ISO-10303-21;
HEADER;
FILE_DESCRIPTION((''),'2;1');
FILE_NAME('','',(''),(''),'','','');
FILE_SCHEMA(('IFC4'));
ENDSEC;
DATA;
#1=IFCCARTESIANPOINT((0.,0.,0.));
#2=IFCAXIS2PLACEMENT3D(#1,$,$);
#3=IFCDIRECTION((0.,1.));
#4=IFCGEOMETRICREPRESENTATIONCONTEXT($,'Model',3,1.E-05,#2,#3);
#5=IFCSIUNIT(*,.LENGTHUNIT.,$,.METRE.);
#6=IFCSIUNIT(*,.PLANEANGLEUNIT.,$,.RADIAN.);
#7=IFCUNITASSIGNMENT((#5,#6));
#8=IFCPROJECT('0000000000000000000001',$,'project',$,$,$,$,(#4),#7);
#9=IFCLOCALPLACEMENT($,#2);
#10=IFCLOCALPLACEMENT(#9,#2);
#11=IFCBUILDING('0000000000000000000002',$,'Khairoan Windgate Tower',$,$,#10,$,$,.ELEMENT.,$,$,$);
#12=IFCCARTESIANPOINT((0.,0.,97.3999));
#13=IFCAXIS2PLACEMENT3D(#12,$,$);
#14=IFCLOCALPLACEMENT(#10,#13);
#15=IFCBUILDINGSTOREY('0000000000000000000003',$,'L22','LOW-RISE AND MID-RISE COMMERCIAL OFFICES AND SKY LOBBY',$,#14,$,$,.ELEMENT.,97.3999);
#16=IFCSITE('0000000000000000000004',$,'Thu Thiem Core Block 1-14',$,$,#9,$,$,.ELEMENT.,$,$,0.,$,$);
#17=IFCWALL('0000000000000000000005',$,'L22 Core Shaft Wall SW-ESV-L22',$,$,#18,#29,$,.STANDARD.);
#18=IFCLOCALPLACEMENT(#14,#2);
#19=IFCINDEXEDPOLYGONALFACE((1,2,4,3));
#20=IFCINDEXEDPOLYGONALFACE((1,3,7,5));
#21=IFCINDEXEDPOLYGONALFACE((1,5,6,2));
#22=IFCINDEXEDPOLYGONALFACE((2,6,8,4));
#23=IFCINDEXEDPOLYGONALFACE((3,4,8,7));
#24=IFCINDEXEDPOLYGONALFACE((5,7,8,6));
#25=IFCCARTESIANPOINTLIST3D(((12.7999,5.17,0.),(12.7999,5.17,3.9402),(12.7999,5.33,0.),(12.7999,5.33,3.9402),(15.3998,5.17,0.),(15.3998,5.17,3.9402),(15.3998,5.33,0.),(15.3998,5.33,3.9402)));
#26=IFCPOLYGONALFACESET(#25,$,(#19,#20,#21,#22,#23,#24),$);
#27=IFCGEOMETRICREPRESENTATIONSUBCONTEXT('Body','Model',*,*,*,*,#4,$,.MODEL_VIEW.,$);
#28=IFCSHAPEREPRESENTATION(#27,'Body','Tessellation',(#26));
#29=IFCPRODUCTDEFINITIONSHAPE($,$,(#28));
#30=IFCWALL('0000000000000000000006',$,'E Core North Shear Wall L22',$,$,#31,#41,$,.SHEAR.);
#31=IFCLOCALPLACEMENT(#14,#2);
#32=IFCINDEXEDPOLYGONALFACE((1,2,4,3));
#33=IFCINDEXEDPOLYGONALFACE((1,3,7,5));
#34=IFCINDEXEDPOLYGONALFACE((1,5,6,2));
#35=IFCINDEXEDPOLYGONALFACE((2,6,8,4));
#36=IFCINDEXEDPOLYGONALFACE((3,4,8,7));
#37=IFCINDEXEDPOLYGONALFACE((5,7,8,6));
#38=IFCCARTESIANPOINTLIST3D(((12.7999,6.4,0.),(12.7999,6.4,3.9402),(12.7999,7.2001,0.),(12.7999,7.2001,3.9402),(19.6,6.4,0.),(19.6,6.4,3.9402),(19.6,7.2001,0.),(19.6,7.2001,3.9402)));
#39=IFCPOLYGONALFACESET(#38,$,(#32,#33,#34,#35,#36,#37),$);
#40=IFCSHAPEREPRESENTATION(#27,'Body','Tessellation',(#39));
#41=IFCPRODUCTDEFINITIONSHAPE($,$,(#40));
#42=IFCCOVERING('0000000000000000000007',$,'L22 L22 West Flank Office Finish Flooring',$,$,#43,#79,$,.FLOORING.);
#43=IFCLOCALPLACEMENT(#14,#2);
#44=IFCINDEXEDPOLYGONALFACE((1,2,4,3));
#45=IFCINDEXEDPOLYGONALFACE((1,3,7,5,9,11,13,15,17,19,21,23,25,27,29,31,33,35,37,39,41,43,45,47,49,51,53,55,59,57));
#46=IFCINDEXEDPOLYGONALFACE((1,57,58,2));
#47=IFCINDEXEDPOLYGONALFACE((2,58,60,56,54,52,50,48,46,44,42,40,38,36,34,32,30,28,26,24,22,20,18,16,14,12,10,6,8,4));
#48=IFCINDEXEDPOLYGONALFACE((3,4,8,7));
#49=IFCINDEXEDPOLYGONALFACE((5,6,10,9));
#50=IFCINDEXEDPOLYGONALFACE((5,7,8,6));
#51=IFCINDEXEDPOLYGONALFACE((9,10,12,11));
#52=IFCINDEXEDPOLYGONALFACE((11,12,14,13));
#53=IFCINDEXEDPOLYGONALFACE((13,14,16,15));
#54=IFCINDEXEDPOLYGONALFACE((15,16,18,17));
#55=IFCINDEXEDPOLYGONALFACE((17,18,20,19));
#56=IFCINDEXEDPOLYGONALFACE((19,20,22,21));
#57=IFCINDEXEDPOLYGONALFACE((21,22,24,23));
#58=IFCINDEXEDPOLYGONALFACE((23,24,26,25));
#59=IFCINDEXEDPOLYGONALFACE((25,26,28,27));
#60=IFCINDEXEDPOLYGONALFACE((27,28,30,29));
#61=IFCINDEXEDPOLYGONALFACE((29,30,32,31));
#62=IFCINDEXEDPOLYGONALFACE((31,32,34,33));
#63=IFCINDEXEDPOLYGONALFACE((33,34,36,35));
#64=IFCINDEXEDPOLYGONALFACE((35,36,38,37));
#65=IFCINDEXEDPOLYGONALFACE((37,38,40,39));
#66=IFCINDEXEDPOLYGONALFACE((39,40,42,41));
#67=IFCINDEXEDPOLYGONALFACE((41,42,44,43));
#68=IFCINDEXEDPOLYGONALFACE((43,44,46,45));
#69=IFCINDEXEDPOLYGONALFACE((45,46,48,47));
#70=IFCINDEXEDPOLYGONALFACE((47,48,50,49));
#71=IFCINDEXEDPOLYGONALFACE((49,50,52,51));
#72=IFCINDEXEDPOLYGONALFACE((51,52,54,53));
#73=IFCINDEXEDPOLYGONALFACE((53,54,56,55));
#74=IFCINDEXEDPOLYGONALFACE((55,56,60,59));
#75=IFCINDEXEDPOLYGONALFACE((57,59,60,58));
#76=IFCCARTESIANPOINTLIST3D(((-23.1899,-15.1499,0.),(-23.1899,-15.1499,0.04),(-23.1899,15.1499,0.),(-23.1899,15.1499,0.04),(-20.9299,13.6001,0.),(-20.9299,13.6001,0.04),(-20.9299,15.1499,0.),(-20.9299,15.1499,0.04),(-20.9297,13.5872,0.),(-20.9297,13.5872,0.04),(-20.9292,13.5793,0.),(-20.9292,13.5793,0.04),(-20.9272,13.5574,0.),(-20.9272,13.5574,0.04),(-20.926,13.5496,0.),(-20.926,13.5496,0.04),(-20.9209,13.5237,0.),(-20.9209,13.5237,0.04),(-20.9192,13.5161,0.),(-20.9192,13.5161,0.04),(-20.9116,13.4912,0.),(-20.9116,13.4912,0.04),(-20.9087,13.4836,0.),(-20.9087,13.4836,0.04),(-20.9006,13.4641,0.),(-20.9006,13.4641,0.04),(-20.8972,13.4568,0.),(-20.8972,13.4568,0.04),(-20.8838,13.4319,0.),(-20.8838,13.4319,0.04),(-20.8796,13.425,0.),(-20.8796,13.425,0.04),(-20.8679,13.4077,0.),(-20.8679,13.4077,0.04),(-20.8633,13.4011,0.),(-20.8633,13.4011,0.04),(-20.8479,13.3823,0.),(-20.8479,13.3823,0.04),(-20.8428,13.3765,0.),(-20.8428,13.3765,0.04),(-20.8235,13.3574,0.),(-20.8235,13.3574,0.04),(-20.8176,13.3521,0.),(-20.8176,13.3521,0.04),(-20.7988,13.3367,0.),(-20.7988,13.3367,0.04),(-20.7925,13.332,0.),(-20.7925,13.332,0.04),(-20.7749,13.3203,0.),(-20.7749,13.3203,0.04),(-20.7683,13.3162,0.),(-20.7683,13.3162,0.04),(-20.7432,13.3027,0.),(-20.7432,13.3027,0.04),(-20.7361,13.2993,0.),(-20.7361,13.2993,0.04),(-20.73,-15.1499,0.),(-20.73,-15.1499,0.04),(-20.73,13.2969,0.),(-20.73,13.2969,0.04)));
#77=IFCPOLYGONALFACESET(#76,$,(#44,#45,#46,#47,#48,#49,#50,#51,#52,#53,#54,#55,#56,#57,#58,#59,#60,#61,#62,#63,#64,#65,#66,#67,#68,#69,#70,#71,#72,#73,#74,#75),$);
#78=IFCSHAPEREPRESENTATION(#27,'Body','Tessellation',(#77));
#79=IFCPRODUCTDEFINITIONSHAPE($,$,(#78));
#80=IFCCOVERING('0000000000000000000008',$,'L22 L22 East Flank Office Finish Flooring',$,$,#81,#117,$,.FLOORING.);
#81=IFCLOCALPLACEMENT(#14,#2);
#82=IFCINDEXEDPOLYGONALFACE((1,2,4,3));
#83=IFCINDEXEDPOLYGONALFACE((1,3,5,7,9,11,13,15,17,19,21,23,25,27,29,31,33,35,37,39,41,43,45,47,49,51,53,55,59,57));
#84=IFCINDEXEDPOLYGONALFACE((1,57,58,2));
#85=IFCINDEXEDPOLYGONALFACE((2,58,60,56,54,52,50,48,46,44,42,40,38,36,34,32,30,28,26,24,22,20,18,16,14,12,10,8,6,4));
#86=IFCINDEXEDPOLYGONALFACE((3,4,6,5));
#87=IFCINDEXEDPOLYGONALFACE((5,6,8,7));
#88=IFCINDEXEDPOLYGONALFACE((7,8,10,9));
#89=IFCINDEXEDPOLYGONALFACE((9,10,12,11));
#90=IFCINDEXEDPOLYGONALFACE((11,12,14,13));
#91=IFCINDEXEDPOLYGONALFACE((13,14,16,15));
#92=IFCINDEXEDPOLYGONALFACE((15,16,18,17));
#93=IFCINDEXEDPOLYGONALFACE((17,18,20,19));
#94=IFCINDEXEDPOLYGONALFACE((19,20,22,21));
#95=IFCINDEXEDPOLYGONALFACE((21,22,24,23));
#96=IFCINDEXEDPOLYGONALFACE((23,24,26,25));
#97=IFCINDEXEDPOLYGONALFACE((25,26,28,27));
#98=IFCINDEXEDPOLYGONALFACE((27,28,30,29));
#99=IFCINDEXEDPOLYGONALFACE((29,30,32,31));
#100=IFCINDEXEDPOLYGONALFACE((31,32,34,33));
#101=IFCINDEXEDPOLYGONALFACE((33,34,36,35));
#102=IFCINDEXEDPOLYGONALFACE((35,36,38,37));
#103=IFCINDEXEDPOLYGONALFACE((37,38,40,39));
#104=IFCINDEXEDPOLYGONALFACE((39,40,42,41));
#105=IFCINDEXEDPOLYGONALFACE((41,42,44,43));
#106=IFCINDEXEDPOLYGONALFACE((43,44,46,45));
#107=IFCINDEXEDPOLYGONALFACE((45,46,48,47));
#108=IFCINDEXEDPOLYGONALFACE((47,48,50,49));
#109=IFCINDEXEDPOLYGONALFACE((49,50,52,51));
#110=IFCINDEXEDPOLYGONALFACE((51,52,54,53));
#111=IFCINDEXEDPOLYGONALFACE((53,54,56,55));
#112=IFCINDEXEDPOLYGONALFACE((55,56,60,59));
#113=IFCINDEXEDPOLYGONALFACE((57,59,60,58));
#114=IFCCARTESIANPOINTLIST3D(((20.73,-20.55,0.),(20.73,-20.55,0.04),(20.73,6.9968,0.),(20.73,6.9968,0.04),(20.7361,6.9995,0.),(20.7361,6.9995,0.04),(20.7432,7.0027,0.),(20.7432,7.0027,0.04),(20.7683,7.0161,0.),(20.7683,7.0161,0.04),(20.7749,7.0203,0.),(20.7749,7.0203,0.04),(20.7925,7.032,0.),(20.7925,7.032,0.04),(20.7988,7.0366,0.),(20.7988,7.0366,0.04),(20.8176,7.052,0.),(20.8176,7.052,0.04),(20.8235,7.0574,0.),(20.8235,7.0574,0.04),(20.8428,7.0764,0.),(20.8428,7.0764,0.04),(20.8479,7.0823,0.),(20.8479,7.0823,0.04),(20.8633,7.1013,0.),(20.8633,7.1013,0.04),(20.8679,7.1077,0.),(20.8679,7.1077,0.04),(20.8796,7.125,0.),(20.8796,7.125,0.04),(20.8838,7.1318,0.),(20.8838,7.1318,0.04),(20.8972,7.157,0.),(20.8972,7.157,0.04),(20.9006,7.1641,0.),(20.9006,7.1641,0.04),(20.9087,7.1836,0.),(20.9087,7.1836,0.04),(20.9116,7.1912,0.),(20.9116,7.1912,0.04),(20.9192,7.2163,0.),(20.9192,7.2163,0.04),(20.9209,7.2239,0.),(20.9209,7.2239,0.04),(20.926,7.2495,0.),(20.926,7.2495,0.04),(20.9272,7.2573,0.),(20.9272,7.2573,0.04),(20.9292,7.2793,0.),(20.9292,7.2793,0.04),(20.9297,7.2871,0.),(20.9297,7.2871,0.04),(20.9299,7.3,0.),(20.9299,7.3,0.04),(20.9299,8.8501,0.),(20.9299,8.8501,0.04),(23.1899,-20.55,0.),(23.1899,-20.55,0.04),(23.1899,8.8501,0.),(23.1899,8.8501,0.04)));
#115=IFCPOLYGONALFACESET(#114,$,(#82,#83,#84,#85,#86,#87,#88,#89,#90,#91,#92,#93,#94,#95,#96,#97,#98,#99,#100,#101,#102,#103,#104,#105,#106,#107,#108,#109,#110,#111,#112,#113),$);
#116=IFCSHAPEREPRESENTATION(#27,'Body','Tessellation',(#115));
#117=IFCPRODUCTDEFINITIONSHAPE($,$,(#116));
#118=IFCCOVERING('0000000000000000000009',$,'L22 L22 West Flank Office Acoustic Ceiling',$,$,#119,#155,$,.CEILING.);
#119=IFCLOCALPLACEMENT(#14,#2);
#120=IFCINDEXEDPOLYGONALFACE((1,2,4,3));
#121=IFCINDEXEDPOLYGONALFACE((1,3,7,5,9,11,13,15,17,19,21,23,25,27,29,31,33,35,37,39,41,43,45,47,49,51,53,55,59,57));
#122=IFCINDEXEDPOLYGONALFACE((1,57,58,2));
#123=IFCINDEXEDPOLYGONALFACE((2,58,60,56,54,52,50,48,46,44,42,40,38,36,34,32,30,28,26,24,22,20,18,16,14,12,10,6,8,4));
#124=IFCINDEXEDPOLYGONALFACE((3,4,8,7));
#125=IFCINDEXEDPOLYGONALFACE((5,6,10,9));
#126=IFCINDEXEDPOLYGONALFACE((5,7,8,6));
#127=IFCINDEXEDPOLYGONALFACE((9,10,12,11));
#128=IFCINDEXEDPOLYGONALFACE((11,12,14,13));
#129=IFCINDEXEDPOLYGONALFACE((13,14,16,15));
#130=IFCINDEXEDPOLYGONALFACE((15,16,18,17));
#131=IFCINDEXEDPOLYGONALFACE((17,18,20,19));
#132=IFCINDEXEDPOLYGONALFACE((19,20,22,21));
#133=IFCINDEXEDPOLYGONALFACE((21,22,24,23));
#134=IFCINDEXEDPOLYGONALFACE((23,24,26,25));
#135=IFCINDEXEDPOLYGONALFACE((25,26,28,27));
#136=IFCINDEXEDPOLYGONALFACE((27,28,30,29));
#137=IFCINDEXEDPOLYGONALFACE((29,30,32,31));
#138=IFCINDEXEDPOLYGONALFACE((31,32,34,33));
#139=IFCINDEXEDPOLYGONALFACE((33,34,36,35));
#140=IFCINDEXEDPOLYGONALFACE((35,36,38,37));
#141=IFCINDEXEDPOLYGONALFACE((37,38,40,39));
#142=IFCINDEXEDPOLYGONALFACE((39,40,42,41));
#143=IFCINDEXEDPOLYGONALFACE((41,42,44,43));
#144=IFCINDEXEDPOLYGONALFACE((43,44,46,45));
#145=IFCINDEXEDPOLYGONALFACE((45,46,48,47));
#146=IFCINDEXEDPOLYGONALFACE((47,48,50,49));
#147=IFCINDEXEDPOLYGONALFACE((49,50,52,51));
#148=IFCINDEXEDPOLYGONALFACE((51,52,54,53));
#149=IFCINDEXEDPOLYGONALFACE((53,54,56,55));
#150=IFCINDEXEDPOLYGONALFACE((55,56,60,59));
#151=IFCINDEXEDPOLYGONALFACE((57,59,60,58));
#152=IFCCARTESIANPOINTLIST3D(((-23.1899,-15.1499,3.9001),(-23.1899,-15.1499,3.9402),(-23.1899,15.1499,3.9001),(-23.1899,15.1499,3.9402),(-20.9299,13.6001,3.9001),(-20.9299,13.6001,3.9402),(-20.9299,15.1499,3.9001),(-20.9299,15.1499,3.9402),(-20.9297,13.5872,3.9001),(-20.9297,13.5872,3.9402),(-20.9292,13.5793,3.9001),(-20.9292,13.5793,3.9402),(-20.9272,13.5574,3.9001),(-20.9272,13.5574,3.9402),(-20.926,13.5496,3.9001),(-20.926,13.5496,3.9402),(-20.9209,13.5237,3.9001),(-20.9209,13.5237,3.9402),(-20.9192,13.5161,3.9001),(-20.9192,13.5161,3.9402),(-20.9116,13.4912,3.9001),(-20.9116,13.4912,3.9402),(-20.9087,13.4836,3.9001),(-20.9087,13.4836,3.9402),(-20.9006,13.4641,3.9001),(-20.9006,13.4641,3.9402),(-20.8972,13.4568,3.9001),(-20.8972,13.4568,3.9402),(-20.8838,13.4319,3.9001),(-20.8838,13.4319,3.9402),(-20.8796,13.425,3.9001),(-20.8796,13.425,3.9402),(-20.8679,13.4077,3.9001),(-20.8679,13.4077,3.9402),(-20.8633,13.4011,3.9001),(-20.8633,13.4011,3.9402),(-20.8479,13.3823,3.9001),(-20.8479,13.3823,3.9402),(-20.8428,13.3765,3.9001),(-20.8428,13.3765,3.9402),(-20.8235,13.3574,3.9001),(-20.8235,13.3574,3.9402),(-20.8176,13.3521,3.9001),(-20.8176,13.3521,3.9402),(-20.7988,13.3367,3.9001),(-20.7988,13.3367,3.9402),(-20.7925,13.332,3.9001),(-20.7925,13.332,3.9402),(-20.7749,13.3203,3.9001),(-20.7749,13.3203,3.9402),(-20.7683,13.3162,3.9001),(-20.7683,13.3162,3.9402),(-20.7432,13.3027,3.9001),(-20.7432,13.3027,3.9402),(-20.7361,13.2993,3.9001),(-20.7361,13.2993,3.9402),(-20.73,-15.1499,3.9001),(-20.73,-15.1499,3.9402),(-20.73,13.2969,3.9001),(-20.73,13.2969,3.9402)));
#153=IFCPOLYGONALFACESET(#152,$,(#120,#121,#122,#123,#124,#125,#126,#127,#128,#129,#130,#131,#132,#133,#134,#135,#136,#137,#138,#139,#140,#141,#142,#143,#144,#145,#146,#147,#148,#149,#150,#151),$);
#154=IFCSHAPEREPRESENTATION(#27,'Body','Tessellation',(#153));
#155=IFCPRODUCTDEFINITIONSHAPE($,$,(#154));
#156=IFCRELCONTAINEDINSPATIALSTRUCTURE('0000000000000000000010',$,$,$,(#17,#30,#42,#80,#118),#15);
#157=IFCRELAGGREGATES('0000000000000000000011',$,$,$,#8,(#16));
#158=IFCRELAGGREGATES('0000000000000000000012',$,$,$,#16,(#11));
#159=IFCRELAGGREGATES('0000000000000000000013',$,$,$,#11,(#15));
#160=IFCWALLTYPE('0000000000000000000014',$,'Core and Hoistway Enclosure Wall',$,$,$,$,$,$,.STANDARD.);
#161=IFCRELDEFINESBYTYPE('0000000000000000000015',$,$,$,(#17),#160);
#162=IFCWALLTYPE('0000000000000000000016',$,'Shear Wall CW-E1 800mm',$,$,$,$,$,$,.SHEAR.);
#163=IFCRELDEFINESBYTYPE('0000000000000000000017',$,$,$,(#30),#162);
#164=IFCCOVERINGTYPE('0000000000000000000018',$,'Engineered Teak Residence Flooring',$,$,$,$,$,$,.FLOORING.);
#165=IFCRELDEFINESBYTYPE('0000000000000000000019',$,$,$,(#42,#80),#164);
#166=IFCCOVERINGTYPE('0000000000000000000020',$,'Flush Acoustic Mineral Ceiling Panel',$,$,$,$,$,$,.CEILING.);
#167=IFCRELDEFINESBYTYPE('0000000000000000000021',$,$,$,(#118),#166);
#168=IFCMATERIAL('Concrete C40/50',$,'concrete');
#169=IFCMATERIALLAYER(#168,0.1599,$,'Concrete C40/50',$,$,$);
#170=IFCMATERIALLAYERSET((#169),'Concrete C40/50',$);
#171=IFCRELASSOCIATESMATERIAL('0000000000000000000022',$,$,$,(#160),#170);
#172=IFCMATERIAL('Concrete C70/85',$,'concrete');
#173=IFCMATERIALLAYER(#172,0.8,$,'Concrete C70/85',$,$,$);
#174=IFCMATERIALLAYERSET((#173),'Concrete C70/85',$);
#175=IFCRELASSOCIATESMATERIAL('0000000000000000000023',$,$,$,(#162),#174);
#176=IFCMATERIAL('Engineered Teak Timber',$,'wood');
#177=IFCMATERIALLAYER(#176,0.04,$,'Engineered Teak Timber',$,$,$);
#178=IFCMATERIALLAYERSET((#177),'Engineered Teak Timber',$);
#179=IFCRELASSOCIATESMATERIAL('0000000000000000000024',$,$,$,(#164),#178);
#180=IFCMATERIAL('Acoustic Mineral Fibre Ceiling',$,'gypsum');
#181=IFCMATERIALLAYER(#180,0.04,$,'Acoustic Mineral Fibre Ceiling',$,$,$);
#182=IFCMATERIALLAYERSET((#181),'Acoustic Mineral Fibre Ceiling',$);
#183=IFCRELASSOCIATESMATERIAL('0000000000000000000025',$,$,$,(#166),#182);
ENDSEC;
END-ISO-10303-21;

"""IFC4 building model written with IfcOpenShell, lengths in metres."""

from ifc_helpers import new_model, si_unit, direction, frame, frame_2d, origin, place, context, subcontext, project, spatial, polyline, rectangle, outline, extrude, material, layer, layer_set, type_object, element, save


model = new_model("IFC4")

# Units and contexts
model_context = context("Model", 3, precision=1e-05, world=origin(), true_north=direction((0.0, 1.0)))
body_context = subcontext(model_context, "Body", "Model", "MODEL_VIEW")
ifc_project = project(units=[si_unit("LENGTHUNIT", "METRE"), si_unit("PLANEANGLEUNIT", "RADIAN")], contexts=[model_context])

# Site, building, storey
site_placement = place(None, origin())
site = spatial("IfcSite", under=ifc_project, at=site_placement, Name="Thu Thiem Core Block 1-14", CompositionType="ELEMENT", RefElevation=0.0)
building_placement = place(site_placement, origin())
building = spatial("IfcBuilding", under=site, at=building_placement, Name="Khairoan Windgate Tower", CompositionType="ELEMENT")
storey_placement = place(building_placement, frame((0.0, 0.0, 97.3999)))
storey = spatial("IfcBuildingStorey", under=building, at=storey_placement, Name="L22", Description="LOW-RISE AND MID-RISE COMMERCIAL OFFICES AND SKY LOBBY", CompositionType="ELEMENT", Elevation=97.3999)

# Walls
ifc_material_1 = material(Name="Concrete C40/50", Category="concrete")
ifc_layer_1 = layer(ifc_material_1, 0.1599, Name="Concrete C40/50")
ifc_layer_set_1 = layer_set([ifc_layer_1], Name="Concrete C40/50")
wall_type_1 = type_object("IfcWallType", Name="Core and Hoistway Enclosure Wall", PredefinedType="STANDARD", material=ifc_layer_set_1)
wall_1_placement = place(storey_placement, frame((12.8, 5.25, 0.0), z_axis=(0.0, 0.0, 1.0), x_axis=(1.0, 0.0, 0.0)))
element("IfcWall", 1, at=wall_1_placement, inside=storey, type_object=wall_type_1, Name="L22 Core Shaft Wall SW-ESV-L22", PredefinedType="STANDARD", context=body_context, shape_type="SweptSolid", body=[
    extrude(rectangle(XDim=2.5999, YDim=0.1599, at=frame_2d((1.2998, 0.0))), origin(), (0.0, 0.0, 1.0), 3.9402),
])
ifc_material_2 = material(Name="Concrete C70/85", Category="concrete")
ifc_layer_2 = layer(ifc_material_2, 0.8, Name="Concrete C70/85")
ifc_layer_set_2 = layer_set([ifc_layer_2], Name="Concrete C70/85")
wall_type_2 = type_object("IfcWallType", Name="Shear Wall CW-E1 800mm", PredefinedType="SHEAR", material=ifc_layer_set_2)
wall_2_placement = place(storey_placement, frame((12.8, 6.8, 0.0), z_axis=(0.0, 0.0, 1.0), x_axis=(1.0, 0.0, 0.0)))
element("IfcWall", 2, at=wall_2_placement, inside=storey, type_object=wall_type_2, Name="E Core North Shear Wall L22", PredefinedType="SHEAR", context=body_context, shape_type="SweptSolid", body=[
    extrude(rectangle(XDim=6.8, YDim=0.8, at=frame_2d((3.3999, 0.0))), origin(), (0.0, 0.0, 1.0), 3.9402),
])

# Coverings
ifc_material_3 = material(Name="Engineered Teak Timber", Category="wood")
ifc_layer_3 = layer(ifc_material_3, 0.04, Name="Engineered Teak Timber")
ifc_layer_set_3 = layer_set([ifc_layer_3], Name="Engineered Teak Timber")
covering_type_1 = type_object("IfcCoveringType", Name="Engineered Teak Residence Flooring", PredefinedType="FLOORING", material=ifc_layer_set_3)
covering_1_placement = place(storey_placement, origin())
element("IfcCovering", 3, at=covering_1_placement, inside=storey, type_object=covering_type_1, Name="L22 L22 West Flank Office Finish Flooring", PredefinedType="FLOORING", context=body_context, shape_type="SweptSolid", body=[
    extrude(outline(polyline([(-20.73, -15.1499), (-23.1899, -15.1499), (-23.1899, 15.1499), (-20.9299, 15.1499), (-20.9299, 13.6001), (-20.9297, 13.5872), (-20.9292, 13.5793), (-20.9272, 13.5574), (-20.926, 13.5496), (-20.9209, 13.5237), (-20.9192, 13.5161), (-20.9116, 13.4912), (-20.9087, 13.4836), (-20.9006, 13.4641), (-20.8972, 13.4568), (-20.8838, 13.4319), (-20.8796, 13.425), (-20.8679, 13.4077), (-20.8633, 13.4011), (-20.8479, 13.3823), (-20.8428, 13.3765), (-20.8235, 13.3574), (-20.8176, 13.3521), (-20.7988, 13.3367), (-20.7925, 13.332), (-20.7749, 13.3203), (-20.7683, 13.3162), (-20.7432, 13.3027), (-20.7361, 13.2993), (-20.73, 13.2969), (-20.73, -15.1499)])), origin(), (0.0, 0.0, 1.0), 0.04),
])
covering_2_placement = place(storey_placement, origin())
element("IfcCovering", 4, at=covering_2_placement, inside=storey, type_object=covering_type_1, Name="L22 L22 East Flank Office Finish Flooring", PredefinedType="FLOORING", context=body_context, shape_type="SweptSolid", body=[
    extrude(outline(polyline([(20.73, 6.9968), (20.7361, 6.9995), (20.7432, 7.0027), (20.7683, 7.0161), (20.7749, 7.0203), (20.7925, 7.032), (20.7988, 7.0366), (20.8176, 7.052), (20.8235, 7.0574), (20.8428, 7.0764), (20.8479, 7.0823), (20.8633, 7.1013), (20.8679, 7.1077), (20.8796, 7.125), (20.8838, 7.1318), (20.8972, 7.157), (20.9006, 7.1641), (20.9087, 7.1836), (20.9116, 7.1912), (20.9192, 7.2163), (20.9209, 7.2239), (20.926, 7.2495), (20.9272, 7.2573), (20.9292, 7.2793), (20.9297, 7.2871), (20.9299, 7.3), (20.9299, 8.8501), (23.1899, 8.8501), (23.1899, -20.55), (20.73, -20.55), (20.73, 6.9968)])), origin(), (0.0, 0.0, 1.0), 0.04),
])
ifc_material_4 = material(Name="Acoustic Mineral Fibre Ceiling", Category="gypsum")
ifc_layer_4 = layer(ifc_material_4, 0.04, Name="Acoustic Mineral Fibre Ceiling")
ifc_layer_set_4 = layer_set([ifc_layer_4], Name="Acoustic Mineral Fibre Ceiling")
covering_type_2 = type_object("IfcCoveringType", Name="Flush Acoustic Mineral Ceiling Panel", PredefinedType="CEILING", material=ifc_layer_set_4)
covering_3_placement = place(storey_placement, frame((0.0, 0.0, 3.9001)))
element("IfcCovering", 5, at=covering_3_placement, inside=storey, type_object=covering_type_2, Name="L22 L22 West Flank Office Acoustic Ceiling", PredefinedType="CEILING", context=body_context, shape_type="SweptSolid", body=[
    extrude(outline(polyline([(-20.73, -15.1499), (-23.1899, -15.1499), (-23.1899, 15.1499), (-20.9299, 15.1499), (-20.9299, 13.6001), (-20.9297, 13.5872), (-20.9292, 13.5793), (-20.9272, 13.5574), (-20.926, 13.5496), (-20.9209, 13.5237), (-20.9192, 13.5161), (-20.9116, 13.4912), (-20.9087, 13.4836), (-20.9006, 13.4641), (-20.8972, 13.4568), (-20.8838, 13.4319), (-20.8796, 13.425), (-20.8679, 13.4077), (-20.8633, 13.4011), (-20.8479, 13.3823), (-20.8428, 13.3765), (-20.8235, 13.3574), (-20.8176, 13.3521), (-20.7988, 13.3367), (-20.7925, 13.332), (-20.7749, 13.3203), (-20.7683, 13.3162), (-20.7432, 13.3027), (-20.7361, 13.2993), (-20.73, 13.2969), (-20.73, -15.1499)])), origin(), (0.0, 0.0, 1.0), 0.04),
])

save(model, "model.ifc")
